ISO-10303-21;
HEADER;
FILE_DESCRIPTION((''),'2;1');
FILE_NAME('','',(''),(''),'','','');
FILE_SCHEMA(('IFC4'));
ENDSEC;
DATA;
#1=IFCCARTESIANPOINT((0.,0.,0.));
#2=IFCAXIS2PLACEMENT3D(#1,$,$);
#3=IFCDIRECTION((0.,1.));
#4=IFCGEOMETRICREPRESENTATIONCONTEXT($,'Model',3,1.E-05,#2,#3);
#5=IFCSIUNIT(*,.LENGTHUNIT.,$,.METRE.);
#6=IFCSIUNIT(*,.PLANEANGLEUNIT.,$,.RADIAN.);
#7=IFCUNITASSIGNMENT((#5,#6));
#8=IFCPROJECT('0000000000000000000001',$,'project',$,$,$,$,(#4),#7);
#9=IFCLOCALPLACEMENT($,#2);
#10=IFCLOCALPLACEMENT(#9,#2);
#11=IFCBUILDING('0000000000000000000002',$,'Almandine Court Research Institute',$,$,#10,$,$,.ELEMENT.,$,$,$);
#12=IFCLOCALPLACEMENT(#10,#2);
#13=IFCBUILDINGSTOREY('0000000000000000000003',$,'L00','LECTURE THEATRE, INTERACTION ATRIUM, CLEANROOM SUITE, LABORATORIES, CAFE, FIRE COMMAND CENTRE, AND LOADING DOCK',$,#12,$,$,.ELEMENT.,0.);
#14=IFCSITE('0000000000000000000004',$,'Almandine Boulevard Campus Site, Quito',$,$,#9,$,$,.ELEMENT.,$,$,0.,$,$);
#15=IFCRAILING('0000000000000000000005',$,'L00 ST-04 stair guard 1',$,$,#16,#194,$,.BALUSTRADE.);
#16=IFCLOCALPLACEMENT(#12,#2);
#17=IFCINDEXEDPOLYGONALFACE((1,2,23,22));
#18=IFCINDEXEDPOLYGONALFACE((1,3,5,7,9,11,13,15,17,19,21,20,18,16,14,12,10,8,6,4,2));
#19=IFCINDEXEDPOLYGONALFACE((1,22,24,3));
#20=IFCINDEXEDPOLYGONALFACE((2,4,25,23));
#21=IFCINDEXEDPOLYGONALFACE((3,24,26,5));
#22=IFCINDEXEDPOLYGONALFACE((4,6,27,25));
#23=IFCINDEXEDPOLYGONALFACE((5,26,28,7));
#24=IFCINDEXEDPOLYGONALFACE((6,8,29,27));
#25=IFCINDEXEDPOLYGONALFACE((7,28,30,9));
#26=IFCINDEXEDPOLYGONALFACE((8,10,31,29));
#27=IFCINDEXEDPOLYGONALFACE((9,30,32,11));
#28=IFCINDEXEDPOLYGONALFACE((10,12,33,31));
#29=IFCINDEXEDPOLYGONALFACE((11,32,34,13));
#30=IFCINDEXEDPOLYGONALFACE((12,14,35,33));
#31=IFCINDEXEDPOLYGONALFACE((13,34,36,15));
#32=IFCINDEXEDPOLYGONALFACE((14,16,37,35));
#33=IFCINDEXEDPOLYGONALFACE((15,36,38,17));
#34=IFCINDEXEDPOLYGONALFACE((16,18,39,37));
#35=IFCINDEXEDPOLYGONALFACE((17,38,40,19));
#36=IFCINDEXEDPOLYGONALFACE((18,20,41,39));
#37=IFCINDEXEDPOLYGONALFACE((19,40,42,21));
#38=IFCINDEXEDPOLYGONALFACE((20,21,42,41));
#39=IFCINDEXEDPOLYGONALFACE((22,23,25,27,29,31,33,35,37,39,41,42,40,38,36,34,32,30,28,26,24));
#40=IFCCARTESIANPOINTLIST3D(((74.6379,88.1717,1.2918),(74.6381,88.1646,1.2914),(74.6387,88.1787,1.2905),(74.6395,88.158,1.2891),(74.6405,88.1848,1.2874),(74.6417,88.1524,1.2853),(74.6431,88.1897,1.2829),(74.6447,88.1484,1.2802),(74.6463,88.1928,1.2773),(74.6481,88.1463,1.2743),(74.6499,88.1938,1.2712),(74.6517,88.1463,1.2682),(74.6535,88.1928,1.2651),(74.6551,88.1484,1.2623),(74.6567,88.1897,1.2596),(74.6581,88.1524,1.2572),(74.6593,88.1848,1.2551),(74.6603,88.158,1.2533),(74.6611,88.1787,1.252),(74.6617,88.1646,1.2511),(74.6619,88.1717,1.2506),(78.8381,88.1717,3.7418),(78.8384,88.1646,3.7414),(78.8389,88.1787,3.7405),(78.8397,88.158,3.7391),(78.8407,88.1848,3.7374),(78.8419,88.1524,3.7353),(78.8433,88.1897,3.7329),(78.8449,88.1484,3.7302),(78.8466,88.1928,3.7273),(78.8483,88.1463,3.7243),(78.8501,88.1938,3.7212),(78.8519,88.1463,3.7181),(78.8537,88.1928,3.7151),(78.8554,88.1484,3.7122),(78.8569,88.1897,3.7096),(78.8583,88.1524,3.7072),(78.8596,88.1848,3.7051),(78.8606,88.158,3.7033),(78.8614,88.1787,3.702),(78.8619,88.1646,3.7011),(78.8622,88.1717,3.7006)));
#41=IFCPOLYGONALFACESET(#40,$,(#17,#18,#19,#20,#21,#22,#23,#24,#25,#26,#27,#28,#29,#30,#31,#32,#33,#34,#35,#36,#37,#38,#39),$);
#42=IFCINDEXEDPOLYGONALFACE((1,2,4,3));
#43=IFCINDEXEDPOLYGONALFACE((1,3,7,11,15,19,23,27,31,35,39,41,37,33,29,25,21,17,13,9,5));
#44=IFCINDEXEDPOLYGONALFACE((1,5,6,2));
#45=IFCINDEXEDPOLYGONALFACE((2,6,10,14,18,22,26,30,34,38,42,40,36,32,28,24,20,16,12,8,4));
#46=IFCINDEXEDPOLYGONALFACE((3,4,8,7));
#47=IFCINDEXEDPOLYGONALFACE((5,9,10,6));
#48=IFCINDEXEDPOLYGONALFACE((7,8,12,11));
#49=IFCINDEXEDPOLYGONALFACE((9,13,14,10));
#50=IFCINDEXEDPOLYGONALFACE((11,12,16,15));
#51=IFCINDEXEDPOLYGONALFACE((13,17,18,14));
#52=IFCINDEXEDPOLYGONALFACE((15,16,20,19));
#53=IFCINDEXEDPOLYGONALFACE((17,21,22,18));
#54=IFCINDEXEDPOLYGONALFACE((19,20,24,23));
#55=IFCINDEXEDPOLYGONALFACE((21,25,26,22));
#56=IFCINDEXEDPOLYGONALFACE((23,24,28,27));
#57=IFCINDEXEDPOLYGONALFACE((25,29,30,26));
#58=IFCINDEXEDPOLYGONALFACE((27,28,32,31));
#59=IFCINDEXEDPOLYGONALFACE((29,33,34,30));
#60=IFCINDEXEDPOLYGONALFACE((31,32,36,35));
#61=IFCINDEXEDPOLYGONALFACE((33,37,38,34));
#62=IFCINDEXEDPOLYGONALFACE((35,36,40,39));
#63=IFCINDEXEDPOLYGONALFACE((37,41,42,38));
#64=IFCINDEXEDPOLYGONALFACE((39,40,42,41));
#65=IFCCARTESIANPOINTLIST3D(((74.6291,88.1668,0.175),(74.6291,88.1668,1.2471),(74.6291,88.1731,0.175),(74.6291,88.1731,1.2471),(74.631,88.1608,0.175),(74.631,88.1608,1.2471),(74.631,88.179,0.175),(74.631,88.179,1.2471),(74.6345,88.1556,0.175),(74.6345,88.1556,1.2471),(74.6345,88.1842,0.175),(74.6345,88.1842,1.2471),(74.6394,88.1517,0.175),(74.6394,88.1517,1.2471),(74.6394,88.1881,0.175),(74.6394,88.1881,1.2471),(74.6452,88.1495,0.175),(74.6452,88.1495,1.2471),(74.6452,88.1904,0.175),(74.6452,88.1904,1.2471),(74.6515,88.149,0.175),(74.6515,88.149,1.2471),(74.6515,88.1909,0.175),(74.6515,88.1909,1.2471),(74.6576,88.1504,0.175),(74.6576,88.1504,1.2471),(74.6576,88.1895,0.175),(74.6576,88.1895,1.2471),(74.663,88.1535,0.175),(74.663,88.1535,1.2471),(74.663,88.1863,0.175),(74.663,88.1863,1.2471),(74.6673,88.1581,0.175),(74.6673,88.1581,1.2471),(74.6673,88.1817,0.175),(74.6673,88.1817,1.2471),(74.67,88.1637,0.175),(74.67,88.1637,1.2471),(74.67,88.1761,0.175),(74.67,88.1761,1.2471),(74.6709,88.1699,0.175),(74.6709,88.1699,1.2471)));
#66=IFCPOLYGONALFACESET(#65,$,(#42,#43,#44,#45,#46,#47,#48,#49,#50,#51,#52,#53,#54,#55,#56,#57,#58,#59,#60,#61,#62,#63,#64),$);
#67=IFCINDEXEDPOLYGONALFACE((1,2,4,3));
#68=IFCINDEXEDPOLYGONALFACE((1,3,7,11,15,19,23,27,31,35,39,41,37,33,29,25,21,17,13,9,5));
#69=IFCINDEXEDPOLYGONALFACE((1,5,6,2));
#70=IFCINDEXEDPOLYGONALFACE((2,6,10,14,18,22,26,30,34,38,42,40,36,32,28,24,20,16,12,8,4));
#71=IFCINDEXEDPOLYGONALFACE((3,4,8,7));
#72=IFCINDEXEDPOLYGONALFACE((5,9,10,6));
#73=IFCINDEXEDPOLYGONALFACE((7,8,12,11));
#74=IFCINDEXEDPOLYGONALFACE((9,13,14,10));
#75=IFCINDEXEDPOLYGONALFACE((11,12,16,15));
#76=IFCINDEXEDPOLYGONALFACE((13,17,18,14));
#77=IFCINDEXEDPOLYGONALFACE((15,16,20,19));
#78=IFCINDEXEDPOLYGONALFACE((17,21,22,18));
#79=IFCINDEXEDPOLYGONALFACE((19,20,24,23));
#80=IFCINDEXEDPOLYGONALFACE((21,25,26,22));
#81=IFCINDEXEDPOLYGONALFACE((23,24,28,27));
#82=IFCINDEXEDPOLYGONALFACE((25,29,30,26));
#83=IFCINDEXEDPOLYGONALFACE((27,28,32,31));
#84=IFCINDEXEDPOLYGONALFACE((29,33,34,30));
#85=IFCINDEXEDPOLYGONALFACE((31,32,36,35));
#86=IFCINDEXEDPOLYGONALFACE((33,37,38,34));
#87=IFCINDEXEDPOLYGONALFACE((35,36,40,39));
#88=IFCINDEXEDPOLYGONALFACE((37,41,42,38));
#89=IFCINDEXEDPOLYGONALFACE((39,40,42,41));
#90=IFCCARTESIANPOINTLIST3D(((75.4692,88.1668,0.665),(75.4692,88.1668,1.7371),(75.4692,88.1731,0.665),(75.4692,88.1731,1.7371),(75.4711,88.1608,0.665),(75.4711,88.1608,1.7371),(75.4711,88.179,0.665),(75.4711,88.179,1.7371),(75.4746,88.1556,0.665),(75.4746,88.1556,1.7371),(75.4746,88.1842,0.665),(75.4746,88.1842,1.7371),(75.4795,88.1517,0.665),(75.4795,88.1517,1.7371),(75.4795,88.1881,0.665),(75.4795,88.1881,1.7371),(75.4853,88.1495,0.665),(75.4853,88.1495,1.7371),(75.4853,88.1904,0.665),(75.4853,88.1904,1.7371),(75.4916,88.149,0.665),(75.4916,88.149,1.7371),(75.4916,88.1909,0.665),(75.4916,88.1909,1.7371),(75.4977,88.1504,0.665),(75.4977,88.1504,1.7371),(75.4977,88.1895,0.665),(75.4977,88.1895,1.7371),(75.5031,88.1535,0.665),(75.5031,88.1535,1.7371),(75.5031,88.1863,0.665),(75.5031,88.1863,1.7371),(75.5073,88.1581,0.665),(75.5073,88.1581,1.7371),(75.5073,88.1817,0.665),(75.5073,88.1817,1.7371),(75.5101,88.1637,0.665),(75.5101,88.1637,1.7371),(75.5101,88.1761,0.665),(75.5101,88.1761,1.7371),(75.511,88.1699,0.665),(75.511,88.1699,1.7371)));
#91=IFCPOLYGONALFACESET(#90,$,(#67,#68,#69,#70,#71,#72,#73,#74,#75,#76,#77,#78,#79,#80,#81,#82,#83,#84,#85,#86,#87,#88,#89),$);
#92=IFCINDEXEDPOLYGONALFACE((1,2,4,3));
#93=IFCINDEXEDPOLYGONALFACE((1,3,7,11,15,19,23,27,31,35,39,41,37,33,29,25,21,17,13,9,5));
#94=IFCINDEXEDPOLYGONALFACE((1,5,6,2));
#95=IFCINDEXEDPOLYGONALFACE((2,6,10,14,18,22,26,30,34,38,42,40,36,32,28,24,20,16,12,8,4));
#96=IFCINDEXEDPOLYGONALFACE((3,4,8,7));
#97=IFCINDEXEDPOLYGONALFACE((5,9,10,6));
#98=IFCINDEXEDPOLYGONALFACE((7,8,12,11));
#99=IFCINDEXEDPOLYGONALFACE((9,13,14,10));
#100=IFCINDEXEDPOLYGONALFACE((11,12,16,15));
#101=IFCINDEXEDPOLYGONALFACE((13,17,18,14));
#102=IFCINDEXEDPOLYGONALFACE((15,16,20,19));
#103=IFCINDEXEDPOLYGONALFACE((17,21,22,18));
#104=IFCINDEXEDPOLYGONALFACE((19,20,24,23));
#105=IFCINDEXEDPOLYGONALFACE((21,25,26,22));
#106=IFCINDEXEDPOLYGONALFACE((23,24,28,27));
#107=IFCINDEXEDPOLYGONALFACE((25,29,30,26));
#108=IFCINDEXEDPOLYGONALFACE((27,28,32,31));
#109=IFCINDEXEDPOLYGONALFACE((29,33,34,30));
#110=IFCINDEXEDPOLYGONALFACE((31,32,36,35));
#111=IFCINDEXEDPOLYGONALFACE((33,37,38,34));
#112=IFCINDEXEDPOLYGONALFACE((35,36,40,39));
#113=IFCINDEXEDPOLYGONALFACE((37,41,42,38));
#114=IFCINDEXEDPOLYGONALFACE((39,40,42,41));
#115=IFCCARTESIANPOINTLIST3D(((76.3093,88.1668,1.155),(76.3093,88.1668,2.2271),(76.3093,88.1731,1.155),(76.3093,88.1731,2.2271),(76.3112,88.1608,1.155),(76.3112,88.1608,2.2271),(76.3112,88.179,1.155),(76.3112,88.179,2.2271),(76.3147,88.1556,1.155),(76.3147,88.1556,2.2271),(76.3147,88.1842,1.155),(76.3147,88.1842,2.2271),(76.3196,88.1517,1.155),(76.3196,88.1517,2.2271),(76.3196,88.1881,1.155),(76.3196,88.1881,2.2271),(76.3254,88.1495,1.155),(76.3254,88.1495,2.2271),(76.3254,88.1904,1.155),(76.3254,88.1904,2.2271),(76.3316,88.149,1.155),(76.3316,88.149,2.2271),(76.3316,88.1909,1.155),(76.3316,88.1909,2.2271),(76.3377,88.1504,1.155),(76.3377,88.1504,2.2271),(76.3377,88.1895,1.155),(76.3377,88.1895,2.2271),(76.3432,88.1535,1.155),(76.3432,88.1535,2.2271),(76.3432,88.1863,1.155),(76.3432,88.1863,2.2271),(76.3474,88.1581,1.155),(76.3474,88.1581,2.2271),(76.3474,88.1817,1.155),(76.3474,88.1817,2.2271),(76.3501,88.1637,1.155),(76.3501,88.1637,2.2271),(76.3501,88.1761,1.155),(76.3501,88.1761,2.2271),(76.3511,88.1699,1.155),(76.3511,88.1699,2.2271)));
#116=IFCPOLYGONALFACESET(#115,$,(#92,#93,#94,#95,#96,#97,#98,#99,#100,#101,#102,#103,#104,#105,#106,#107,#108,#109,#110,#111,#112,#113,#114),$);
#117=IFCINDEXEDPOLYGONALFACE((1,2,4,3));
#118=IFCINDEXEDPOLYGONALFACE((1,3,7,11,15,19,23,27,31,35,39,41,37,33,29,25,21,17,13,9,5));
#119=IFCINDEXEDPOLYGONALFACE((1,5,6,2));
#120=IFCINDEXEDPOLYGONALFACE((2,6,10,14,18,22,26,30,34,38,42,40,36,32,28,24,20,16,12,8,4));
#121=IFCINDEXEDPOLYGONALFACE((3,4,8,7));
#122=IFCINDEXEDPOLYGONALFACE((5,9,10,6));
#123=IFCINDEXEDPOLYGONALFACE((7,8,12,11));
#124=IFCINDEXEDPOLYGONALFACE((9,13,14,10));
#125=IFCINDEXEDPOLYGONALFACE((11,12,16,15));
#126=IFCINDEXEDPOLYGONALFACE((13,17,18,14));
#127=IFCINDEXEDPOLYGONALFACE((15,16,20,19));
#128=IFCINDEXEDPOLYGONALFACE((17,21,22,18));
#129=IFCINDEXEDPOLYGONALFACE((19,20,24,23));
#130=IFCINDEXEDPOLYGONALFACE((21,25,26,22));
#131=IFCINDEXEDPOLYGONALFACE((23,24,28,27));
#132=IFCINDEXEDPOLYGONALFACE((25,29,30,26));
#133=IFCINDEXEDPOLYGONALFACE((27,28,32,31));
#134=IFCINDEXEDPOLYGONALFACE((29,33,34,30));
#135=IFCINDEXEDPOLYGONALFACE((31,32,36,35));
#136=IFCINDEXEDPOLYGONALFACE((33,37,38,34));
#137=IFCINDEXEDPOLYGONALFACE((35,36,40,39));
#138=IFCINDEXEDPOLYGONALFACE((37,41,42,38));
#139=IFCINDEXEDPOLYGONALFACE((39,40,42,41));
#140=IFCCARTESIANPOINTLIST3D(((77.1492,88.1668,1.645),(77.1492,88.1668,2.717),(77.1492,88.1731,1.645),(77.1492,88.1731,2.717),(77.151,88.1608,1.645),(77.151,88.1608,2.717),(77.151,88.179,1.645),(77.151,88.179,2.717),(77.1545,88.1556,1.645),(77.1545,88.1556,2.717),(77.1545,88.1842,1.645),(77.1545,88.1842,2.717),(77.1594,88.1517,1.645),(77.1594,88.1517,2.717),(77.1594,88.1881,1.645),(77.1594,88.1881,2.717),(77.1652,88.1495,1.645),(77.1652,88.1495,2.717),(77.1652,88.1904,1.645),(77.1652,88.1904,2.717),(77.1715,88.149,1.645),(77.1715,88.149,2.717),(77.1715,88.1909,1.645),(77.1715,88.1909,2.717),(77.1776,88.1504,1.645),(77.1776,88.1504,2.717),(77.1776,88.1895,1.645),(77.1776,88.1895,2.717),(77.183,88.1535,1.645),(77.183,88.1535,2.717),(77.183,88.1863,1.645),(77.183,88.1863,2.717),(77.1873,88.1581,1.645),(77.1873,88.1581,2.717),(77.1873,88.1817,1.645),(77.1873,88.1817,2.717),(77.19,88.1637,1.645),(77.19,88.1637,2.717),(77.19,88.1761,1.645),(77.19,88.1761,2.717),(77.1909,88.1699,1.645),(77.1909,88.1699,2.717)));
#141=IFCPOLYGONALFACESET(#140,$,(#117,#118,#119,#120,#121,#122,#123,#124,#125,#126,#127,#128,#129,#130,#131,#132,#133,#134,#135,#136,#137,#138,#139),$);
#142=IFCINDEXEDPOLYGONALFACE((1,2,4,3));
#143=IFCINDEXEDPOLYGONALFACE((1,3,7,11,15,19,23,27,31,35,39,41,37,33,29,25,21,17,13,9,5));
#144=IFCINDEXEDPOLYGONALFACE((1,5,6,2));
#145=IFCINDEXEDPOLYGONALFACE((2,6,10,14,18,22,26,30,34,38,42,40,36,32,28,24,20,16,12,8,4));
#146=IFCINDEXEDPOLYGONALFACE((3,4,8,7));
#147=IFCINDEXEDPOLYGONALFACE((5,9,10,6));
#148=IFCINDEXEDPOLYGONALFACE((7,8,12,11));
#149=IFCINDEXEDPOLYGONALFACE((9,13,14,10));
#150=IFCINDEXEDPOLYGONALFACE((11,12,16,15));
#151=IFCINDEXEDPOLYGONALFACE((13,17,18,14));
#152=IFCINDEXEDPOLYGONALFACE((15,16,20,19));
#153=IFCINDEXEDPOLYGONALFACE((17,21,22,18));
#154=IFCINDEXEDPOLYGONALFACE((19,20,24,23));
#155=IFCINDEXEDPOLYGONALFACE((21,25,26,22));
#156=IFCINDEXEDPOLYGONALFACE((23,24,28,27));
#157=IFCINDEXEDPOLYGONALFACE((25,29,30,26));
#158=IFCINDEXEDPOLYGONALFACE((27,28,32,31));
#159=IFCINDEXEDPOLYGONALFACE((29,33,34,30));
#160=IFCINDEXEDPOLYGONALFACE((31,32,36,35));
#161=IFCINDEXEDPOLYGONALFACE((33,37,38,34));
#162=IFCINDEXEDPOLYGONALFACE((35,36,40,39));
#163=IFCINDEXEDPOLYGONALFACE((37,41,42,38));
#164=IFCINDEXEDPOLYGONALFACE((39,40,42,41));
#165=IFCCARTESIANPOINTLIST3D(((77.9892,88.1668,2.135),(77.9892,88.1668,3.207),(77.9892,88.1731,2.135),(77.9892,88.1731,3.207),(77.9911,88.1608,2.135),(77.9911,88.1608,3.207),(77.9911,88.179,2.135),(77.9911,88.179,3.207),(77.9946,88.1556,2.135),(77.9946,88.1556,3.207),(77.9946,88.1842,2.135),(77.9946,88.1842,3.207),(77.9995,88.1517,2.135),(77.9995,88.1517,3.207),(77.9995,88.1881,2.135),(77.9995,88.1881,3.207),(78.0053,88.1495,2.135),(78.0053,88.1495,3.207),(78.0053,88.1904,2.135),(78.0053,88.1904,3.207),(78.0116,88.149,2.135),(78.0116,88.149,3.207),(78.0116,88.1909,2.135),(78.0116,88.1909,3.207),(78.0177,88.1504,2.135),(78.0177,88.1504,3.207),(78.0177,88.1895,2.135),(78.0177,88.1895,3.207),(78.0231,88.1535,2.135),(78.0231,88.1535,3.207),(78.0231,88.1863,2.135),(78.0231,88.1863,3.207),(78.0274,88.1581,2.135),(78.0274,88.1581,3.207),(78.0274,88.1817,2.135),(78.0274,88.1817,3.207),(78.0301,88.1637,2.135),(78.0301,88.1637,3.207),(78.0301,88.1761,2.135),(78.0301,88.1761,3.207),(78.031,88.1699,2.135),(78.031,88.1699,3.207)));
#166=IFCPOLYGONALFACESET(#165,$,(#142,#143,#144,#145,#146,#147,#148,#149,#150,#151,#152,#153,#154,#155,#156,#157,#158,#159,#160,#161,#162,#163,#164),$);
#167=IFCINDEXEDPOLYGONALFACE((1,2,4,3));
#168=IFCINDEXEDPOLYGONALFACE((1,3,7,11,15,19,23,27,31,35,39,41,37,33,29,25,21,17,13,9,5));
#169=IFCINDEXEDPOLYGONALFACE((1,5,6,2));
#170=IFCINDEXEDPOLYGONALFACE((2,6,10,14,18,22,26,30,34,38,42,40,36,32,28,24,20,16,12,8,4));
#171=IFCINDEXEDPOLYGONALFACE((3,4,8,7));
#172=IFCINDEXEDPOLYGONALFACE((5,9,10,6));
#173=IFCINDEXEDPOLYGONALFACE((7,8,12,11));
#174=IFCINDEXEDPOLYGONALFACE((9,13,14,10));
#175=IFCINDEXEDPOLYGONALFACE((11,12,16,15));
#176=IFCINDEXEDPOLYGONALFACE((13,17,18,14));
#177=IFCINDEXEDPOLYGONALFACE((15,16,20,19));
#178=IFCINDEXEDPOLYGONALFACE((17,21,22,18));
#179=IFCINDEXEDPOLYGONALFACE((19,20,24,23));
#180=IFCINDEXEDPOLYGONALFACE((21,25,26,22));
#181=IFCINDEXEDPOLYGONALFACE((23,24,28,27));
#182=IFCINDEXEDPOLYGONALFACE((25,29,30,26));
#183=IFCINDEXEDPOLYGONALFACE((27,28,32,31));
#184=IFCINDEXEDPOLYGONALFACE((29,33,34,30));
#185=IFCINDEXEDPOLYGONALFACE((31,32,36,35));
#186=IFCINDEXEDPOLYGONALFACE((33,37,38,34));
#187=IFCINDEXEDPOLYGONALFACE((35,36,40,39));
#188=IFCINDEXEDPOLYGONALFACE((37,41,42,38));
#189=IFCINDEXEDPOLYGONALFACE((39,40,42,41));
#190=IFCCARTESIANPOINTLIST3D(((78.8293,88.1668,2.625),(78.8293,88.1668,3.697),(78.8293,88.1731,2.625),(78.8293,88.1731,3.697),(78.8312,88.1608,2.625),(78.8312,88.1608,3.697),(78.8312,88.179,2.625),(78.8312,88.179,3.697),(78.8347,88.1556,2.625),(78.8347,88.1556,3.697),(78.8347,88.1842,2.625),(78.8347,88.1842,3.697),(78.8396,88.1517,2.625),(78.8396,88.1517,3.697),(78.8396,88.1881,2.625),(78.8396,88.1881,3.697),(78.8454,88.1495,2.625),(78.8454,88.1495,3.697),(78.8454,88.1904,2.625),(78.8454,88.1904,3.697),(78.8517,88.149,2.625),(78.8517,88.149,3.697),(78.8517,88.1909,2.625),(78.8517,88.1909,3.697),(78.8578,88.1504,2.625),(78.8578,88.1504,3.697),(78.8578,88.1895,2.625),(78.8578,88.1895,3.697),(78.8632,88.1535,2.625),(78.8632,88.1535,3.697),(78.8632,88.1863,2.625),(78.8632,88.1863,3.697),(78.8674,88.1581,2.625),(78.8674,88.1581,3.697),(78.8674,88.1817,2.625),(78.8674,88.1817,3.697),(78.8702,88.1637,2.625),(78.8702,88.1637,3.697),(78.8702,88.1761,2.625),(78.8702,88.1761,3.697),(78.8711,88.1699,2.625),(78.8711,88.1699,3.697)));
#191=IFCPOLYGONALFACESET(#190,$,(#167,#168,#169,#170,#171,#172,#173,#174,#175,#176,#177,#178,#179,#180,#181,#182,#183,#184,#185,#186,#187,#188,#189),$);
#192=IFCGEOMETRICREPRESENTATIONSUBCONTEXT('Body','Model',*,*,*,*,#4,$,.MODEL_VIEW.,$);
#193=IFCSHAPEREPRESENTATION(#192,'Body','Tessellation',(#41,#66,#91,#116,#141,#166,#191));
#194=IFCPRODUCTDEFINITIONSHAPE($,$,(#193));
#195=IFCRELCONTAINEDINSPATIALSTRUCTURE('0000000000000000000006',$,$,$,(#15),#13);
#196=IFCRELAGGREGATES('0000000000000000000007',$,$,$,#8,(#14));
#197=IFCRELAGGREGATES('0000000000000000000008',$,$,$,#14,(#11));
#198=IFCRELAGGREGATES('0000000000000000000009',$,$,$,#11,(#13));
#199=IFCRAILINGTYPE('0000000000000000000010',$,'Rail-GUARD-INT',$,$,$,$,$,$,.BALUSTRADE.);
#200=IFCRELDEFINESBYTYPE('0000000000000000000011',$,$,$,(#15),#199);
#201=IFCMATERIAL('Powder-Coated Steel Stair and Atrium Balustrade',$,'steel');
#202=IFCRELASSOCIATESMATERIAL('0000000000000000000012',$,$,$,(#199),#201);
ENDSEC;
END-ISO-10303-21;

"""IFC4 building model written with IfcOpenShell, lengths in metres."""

from ifc_helpers import new_model, si_unit, direction, frame, origin, origin_2d, place, context, subcontext, project, spatial, circle, extrude, material, type_object, element, save


model = new_model("IFC4")

# Units and contexts
model_context = context("Model", 3, precision=1e-05, world=origin(), true_north=direction((0.0, 1.0)))
body_context = subcontext(model_context, "Body", "Model", "MODEL_VIEW")
ifc_project = project(units=[si_unit("LENGTHUNIT", "METRE"), si_unit("PLANEANGLEUNIT", "RADIAN")], contexts=[model_context])

# Site, building, storey
site_placement = place(None, origin())
site = spatial("IfcSite", under=ifc_project, at=site_placement, Name="Almandine Boulevard Campus Site, Quito", CompositionType="ELEMENT", RefElevation=0.0)
building_placement = place(site_placement, origin())
building = spatial("IfcBuilding", under=site, at=building_placement, Name="Almandine Court Research Institute", CompositionType="ELEMENT")
storey_placement = place(building_placement, origin())
storey = spatial("IfcBuildingStorey", under=building, at=storey_placement, Name="L00", Description="LECTURE THEATRE, INTERACTION ATRIUM, CLEANROOM SUITE, LABORATORIES, CAFE, FIRE COMMAND CENTRE, AND LOADING DOCK", CompositionType="ELEMENT", Elevation=0.0)

# Railing
ifc_material_1 = material(Name="Powder-Coated Steel Stair and Atrium Balustrade", Category="steel")
railing_type_1 = type_object("IfcRailingType", Name="Rail-GUARD-INT", PredefinedType="BALUSTRADE", material=ifc_material_1)
railing_1_placement = place(storey_placement, frame((74.6499, 88.1699, 0.175)))
element("IfcRailing", 1, at=railing_1_placement, inside=storey, type_object=railing_type_1, Name="L00 ST-04 stair guard 1", PredefinedType="BALUSTRADE", context=body_context, shape_type="SweptSolid", body=[
    extrude(circle(Radius=0.0239, at=origin_2d()), frame((0.0, 0.0, 1.0962), z_axis=(0.863793, 0.0, 0.503846), x_axis=(0.0, 1.0, 0.0)), (0.0, 0.0, 1.0), 4.8625),
    extrude(circle(Radius=0.021, at=origin_2d()), origin(), (0.0, 0.0, 1.0), 1.072),
    extrude(circle(Radius=0.021, at=origin_2d()), frame((0.8401, 0.0, 0.49)), (0.0, 0.0, 1.0), 1.072),
    extrude(circle(Radius=0.021, at=origin_2d()), frame((1.6802, 0.0, 0.98)), (0.0, 0.0, 1.0), 1.072),
    extrude(circle(Radius=0.021, at=origin_2d()), frame((2.52, 0.0, 1.47)), (0.0, 0.0, 1.0), 1.072),
    extrude(circle(Radius=0.021, at=origin_2d()), frame((3.3601, 0.0, 1.96)), (0.0, 0.0, 1.0), 1.072),
    extrude(circle(Radius=0.021, at=origin_2d()), frame((4.2002, 0.0, 2.45)), (0.0, 0.0, 1.0), 1.072),
])

save(model, "model.ifc")
